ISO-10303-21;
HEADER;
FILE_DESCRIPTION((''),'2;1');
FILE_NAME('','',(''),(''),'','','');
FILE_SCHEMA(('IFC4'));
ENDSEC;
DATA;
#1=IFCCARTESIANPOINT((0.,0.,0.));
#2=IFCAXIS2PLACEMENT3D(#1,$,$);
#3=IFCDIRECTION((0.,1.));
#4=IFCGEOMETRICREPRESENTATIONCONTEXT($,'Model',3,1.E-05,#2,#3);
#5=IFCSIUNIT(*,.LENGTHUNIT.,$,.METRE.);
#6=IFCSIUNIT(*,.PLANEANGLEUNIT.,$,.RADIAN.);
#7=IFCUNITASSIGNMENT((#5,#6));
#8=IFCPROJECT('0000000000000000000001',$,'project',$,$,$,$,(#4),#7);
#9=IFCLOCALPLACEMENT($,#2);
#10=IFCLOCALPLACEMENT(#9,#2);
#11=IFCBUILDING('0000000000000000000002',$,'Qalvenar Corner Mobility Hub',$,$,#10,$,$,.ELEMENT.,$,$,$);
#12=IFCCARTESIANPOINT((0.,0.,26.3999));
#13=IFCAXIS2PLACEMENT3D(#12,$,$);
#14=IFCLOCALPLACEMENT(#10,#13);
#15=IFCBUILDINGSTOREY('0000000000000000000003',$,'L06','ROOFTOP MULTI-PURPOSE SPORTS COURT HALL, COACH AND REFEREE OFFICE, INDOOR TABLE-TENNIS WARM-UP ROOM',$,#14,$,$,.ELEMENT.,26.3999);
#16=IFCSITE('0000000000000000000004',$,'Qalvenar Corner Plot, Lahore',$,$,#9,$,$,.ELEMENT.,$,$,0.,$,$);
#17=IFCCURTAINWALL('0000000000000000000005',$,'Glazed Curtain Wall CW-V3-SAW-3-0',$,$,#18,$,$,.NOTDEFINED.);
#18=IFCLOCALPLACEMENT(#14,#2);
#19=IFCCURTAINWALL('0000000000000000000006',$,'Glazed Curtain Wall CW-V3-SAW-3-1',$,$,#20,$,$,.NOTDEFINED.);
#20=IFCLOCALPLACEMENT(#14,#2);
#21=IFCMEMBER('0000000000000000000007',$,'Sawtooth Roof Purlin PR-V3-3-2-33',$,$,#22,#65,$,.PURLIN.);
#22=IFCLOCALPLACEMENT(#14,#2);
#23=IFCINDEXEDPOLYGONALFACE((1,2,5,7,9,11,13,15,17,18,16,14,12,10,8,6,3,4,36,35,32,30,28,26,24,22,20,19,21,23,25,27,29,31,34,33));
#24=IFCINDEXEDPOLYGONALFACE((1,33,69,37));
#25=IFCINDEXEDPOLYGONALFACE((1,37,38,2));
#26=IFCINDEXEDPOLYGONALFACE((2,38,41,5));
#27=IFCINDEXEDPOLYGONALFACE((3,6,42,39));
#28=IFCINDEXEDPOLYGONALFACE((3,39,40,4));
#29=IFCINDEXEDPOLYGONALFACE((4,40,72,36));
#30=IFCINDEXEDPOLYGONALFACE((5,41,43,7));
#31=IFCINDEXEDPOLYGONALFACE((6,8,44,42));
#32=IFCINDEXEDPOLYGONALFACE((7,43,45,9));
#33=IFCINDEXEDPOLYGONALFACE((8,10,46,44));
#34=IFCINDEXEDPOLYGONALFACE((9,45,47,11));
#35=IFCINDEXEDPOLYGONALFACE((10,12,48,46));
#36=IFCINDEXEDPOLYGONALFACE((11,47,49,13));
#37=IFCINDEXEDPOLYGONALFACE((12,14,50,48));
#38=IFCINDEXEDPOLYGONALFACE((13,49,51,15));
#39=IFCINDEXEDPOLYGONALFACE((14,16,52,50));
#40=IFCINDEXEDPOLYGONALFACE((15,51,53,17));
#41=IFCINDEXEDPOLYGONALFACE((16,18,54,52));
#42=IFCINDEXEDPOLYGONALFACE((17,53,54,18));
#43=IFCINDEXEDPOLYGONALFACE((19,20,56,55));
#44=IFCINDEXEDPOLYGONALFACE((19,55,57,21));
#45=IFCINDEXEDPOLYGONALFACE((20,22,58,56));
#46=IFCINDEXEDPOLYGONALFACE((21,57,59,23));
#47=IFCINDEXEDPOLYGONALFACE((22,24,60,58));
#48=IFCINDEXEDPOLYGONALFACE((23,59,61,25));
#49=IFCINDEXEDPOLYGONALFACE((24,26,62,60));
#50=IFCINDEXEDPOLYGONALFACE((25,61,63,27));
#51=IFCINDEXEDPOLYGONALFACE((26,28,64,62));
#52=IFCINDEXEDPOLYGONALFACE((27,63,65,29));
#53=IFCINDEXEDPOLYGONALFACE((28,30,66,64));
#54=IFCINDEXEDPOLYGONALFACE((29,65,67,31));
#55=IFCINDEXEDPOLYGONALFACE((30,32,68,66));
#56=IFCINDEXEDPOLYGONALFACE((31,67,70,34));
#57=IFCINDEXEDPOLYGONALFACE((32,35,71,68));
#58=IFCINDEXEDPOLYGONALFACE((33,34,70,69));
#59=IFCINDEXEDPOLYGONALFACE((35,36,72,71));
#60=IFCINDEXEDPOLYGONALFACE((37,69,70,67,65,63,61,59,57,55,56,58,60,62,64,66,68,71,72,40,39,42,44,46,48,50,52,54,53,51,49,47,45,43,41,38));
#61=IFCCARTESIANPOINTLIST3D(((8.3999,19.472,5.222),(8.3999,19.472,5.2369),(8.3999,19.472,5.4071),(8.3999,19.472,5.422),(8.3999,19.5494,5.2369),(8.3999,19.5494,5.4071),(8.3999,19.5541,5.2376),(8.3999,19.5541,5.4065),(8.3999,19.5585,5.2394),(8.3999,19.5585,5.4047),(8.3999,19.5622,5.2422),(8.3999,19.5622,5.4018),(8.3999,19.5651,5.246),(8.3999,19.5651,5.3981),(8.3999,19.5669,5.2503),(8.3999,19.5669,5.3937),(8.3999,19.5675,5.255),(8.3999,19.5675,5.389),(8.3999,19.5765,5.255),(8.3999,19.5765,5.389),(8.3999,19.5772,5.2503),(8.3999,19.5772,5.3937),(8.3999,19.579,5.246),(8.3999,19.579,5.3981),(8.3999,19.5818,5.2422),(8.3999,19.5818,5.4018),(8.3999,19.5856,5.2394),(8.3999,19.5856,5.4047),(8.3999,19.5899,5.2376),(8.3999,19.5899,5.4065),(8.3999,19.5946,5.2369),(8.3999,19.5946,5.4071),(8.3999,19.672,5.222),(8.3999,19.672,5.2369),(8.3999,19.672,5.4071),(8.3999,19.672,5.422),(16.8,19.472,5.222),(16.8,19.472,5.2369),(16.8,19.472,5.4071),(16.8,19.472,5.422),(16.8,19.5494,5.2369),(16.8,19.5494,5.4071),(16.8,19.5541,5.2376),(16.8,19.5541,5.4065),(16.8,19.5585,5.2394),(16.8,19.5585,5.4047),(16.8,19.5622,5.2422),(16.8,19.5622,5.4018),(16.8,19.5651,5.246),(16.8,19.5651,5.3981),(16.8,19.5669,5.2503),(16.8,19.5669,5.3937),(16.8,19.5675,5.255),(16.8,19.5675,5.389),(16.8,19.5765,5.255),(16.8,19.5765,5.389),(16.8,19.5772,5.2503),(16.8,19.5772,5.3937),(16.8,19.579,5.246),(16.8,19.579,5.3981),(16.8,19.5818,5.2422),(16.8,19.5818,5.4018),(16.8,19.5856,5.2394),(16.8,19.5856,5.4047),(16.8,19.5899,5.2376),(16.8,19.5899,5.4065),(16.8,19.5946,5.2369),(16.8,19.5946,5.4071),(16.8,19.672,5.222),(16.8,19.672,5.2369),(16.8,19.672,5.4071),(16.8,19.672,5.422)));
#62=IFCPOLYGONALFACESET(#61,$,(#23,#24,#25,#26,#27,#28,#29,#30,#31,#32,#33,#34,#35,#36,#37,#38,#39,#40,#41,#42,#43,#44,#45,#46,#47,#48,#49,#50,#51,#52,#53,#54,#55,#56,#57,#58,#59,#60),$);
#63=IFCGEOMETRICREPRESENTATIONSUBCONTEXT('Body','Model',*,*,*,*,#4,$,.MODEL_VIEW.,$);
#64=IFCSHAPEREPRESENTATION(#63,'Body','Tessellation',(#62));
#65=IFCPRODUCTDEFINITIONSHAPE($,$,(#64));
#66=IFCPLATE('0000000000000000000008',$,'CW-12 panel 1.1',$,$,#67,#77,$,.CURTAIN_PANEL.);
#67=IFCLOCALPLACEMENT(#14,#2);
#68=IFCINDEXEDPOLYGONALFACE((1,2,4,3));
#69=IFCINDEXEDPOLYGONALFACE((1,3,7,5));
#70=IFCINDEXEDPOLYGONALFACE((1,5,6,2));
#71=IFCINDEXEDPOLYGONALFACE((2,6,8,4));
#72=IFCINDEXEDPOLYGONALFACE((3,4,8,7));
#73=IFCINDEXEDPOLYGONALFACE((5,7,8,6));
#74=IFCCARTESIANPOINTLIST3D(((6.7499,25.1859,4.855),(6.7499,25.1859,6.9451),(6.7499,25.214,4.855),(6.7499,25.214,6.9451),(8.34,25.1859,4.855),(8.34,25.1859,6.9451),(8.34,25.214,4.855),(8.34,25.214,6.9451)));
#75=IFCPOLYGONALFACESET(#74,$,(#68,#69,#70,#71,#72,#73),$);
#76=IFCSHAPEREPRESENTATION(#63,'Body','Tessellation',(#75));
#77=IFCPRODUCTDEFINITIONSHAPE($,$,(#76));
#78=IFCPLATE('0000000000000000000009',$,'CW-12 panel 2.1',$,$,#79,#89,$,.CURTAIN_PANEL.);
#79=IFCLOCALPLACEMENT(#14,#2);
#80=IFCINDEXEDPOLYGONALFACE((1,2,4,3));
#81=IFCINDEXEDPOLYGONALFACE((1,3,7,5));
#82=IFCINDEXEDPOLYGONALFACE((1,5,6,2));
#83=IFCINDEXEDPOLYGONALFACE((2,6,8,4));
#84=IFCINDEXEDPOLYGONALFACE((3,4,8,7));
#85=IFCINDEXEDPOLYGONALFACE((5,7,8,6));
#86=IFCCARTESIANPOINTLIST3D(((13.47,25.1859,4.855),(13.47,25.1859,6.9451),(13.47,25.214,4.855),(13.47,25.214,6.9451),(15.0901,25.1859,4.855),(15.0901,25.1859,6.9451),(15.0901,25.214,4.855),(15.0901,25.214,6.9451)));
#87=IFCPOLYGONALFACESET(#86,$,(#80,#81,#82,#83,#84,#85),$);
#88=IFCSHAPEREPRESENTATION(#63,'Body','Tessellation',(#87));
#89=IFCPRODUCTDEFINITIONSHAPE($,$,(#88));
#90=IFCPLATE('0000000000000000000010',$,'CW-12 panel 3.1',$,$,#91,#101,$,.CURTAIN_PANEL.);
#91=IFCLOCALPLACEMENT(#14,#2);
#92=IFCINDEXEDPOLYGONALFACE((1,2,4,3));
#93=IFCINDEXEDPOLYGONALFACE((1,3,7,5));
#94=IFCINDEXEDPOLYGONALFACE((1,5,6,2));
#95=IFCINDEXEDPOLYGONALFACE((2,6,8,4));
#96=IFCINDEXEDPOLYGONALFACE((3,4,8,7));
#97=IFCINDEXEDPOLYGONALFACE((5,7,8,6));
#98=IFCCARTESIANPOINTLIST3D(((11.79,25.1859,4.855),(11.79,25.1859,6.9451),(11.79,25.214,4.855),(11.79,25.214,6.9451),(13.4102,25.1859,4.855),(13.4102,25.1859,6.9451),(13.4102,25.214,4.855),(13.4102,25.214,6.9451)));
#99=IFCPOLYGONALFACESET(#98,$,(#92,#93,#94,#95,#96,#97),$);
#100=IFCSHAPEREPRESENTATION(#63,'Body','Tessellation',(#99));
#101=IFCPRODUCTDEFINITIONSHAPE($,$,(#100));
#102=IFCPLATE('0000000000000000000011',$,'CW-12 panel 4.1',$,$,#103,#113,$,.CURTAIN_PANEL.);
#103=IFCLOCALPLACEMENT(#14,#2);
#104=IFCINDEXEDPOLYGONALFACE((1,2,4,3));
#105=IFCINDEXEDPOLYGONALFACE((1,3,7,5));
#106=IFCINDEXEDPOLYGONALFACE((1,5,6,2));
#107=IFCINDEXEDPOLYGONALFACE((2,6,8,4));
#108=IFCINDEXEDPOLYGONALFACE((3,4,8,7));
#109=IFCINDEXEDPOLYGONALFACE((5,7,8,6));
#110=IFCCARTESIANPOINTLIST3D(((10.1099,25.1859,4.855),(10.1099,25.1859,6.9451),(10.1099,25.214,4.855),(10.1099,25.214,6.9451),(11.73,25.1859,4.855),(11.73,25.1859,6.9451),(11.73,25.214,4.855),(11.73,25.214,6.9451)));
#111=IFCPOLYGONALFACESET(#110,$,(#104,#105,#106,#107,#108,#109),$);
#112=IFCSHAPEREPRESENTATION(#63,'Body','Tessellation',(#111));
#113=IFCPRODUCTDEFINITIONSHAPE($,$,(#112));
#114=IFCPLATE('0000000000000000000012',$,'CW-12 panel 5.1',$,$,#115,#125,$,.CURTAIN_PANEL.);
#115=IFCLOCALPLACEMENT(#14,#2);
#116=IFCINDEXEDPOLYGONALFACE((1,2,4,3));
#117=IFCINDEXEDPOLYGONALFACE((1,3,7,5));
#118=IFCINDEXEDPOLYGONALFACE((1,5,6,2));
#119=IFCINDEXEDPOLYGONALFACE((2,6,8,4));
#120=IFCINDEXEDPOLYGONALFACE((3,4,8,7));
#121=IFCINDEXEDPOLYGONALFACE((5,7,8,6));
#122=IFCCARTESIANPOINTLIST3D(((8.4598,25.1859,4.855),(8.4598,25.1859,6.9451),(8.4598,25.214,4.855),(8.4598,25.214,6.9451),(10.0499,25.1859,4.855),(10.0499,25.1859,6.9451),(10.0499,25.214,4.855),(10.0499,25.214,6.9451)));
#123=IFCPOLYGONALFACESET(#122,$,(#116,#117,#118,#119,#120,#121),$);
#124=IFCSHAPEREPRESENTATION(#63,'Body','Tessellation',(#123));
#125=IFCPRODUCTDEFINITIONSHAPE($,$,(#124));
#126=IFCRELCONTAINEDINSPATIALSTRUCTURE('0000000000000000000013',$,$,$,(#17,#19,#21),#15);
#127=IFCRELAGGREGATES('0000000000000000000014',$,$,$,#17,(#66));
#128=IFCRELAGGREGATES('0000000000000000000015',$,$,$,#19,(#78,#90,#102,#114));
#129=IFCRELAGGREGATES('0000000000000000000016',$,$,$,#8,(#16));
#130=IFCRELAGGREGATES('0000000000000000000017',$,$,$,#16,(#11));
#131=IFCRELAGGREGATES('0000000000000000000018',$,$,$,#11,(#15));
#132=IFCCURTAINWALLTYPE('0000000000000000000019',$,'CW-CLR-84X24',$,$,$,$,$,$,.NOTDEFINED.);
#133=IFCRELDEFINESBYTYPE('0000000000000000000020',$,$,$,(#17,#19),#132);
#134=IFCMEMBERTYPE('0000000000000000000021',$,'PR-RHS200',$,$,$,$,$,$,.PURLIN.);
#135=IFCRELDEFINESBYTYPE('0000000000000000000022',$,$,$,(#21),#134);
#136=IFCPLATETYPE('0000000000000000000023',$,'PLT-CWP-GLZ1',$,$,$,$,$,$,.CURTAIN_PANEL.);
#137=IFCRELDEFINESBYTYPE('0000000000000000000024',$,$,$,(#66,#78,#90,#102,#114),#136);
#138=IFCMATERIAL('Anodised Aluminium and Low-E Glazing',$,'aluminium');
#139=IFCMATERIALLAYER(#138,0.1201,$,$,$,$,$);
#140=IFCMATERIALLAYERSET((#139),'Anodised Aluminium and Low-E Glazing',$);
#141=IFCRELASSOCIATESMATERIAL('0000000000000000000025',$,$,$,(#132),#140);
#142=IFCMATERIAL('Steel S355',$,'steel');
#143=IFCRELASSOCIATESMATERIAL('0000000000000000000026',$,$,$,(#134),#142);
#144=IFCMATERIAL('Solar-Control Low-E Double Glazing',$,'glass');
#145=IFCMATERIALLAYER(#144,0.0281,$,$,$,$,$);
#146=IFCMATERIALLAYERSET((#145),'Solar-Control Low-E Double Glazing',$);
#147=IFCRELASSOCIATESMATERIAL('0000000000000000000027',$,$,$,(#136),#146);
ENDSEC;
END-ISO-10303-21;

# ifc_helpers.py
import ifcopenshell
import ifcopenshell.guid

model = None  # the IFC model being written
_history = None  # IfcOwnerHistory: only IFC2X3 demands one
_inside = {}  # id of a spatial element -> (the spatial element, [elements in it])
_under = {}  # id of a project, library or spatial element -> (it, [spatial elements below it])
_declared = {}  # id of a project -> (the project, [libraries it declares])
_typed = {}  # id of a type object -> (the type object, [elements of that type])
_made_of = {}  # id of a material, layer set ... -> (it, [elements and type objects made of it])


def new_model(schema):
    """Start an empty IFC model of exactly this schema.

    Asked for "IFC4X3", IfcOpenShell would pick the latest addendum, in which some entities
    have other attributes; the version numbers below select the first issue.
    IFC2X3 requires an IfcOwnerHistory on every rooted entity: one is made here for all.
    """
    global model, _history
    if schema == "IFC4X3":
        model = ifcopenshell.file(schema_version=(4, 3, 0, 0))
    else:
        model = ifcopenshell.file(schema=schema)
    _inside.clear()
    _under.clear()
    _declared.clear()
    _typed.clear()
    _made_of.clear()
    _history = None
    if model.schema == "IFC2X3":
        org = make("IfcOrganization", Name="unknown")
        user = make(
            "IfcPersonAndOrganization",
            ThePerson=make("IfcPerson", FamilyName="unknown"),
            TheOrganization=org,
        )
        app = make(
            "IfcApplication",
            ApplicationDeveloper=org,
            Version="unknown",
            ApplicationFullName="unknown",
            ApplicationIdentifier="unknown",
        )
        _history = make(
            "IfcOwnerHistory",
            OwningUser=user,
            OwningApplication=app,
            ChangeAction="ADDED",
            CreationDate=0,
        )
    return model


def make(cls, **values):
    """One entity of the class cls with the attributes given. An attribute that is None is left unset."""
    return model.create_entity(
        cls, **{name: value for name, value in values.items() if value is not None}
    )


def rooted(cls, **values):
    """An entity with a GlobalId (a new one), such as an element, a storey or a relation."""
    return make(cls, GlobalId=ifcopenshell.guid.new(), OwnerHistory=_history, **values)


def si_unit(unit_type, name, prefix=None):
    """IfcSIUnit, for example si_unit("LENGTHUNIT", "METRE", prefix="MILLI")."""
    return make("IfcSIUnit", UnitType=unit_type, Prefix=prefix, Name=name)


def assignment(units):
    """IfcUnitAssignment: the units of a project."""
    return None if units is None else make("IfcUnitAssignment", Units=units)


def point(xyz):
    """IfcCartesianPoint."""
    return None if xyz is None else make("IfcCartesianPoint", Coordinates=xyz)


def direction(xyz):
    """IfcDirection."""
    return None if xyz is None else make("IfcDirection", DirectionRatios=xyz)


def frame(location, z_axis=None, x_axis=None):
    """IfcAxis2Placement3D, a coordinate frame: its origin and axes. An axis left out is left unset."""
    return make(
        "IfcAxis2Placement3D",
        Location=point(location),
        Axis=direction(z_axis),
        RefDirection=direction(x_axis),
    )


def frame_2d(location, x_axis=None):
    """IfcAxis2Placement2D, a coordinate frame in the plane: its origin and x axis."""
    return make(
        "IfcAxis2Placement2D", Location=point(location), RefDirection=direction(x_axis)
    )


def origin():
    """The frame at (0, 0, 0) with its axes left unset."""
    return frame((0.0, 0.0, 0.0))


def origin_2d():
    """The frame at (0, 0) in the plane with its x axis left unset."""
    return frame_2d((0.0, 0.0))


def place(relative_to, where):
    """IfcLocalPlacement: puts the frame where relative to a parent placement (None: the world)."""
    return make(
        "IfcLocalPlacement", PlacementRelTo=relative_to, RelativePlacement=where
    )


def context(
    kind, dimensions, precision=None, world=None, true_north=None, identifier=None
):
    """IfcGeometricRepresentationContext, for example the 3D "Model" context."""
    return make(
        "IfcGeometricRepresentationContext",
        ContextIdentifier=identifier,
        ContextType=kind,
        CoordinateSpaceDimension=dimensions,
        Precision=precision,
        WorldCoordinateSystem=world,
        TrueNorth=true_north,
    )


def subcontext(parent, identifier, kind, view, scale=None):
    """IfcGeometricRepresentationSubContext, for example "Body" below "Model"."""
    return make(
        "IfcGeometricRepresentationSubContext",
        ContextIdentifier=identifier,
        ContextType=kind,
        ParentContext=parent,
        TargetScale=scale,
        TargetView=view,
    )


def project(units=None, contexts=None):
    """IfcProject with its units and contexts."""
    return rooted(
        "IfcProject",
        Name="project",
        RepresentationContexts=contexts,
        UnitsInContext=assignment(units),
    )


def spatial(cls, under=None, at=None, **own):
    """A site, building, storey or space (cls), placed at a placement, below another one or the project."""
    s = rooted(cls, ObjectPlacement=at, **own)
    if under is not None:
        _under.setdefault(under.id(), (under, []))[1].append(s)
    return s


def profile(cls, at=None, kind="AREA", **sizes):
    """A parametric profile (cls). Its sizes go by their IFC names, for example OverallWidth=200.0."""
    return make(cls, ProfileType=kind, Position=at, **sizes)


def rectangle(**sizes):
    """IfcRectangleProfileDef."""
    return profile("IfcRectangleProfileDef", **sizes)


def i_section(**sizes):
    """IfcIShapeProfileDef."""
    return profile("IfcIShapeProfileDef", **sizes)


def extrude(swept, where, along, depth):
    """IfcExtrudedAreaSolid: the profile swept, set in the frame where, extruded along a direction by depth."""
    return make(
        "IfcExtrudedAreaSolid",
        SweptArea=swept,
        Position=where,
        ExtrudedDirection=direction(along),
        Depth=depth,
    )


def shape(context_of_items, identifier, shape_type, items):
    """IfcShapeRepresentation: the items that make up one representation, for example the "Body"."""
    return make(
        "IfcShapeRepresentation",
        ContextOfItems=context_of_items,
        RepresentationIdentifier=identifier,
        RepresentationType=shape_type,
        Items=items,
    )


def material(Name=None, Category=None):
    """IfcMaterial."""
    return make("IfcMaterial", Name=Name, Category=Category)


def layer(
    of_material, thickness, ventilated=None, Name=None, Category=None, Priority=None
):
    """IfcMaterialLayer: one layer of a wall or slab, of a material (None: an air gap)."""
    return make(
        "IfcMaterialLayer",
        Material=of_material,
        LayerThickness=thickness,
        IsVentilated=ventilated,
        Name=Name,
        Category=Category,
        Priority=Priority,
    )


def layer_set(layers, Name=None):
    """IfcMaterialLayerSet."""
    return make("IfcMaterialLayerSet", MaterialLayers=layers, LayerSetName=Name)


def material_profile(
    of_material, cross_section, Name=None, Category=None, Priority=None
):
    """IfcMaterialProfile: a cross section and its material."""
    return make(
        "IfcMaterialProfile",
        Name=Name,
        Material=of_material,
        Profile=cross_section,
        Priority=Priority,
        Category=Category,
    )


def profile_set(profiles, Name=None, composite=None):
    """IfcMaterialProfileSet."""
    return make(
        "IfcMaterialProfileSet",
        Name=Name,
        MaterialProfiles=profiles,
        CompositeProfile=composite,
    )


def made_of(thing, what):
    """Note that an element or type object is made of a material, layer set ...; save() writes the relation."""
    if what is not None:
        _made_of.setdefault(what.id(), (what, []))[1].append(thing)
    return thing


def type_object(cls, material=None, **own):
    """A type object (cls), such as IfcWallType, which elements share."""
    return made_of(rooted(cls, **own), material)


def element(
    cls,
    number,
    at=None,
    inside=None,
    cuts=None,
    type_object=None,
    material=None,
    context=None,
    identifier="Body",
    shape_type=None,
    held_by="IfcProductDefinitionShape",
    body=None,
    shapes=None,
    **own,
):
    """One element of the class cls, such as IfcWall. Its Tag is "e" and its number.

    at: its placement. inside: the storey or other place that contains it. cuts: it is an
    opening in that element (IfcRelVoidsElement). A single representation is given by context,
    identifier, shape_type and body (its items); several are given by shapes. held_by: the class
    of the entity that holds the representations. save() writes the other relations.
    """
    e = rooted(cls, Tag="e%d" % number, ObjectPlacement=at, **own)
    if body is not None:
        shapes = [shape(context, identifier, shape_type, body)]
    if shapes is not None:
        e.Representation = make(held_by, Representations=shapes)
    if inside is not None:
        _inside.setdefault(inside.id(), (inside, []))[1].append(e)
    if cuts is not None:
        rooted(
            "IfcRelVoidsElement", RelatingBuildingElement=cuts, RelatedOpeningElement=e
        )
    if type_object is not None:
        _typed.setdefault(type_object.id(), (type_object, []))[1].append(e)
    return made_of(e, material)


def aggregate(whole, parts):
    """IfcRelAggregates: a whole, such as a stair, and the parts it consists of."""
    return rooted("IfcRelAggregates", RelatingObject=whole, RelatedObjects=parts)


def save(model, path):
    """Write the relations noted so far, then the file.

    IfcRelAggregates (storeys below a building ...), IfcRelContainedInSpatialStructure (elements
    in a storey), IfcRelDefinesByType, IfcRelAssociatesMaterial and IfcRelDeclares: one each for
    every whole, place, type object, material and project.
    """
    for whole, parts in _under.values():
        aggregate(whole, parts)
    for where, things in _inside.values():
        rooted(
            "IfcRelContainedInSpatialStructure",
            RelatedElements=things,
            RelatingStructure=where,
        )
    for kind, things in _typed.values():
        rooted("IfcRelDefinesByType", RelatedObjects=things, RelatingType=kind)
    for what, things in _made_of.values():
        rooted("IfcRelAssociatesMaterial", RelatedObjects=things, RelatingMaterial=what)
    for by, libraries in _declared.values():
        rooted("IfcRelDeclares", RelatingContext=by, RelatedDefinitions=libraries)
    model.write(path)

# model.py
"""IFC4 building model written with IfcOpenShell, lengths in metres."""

from ifc_helpers import new_model, si_unit, direction, frame, origin, origin_2d, place, context, subcontext, project, spatial, rectangle, i_section, extrude, material, layer, layer_set, material_profile, profile_set, type_object, element, aggregate, save


model = new_model("IFC4")

# Units and contexts
model_context = context("Model", 3, precision=1e-05, world=origin(), true_north=direction((0.0, 1.0)))
body_context = subcontext(model_context, "Body", "Model", "MODEL_VIEW")
ifc_project = project(units=[si_unit("LENGTHUNIT", "METRE"), si_unit("PLANEANGLEUNIT", "RADIAN")], contexts=[model_context])

# Site, building, storey
site_placement = place(None, origin())
site = spatial("IfcSite", under=ifc_project, at=site_placement, Name="Qalvenar Corner Plot, Lahore", CompositionType="ELEMENT", RefElevation=0.0)
building_placement = place(site_placement, origin())
building = spatial("IfcBuilding", under=site, at=building_placement, Name="Qalvenar Corner Mobility Hub", CompositionType="ELEMENT")
storey_placement = place(building_placement, frame((0.0, 0.0, 26.3999)))
storey = spatial("IfcBuildingStorey", under=building, at=storey_placement, Name="L06", Description="ROOFTOP MULTI-PURPOSE SPORTS COURT HALL, COACH AND REFEREE OFFICE, INDOOR TABLE-TENNIS WARM-UP ROOM", CompositionType="ELEMENT", Elevation=26.3999)

# Shared definitions
ifc_material_1 = material(Name="Steel S355", Category="steel")

# Curtain walls
ifc_material_2 = material(Name="Anodised Aluminium and Low-E Glazing", Category="aluminium")
ifc_layer_1 = layer(ifc_material_2, 0.1201)
ifc_layer_set_1 = layer_set([ifc_layer_1], Name="Anodised Aluminium and Low-E Glazing")
curtain_wall_type = type_object("IfcCurtainWallType", Name="CW-CLR-84X24", PredefinedType="NOTDEFINED", material=ifc_layer_set_1)
curtain_wall_1_placement = place(storey_placement, origin())
curtain_wall_1 = element("IfcCurtainWall", 1, at=curtain_wall_1_placement, inside=storey, type_object=curtain_wall_type, Name="Glazed Curtain Wall CW-V3-SAW-3-0", PredefinedType="NOTDEFINED")
curtain_wall_2_placement = place(storey_placement, origin())
curtain_wall_2 = element("IfcCurtainWall", 2, at=curtain_wall_2_placement, inside=storey, type_object=curtain_wall_type, Name="Glazed Curtain Wall CW-V3-SAW-3-1", PredefinedType="NOTDEFINED")

# Member
ifc_material_profile_1 = material_profile(ifc_material_1, i_section(OverallWidth=0.2, OverallDepth=0.2, WebThickness=0.009, FlangeThickness=0.0149, FilletRadius=0.0181, at=origin_2d()), Name="HEB200")
ifc_profile_set_1 = profile_set([ifc_material_profile_1], Name="Steel S355")
member_type_1 = type_object("IfcMemberType", Name="PR-RHS200", PredefinedType="PURLIN", material=ifc_profile_set_1)
member_1_placement = place(storey_placement, frame((8.3999, 19.572, 5.322), z_axis=(1.0, 0.0, 0.0), x_axis=(0.0, 1.0, 0.0)))
element("IfcMember", 3, at=member_1_placement, inside=storey, type_object=member_type_1, Name="Sawtooth Roof Purlin PR-V3-3-2-33", PredefinedType="PURLIN", context=body_context, shape_type="SweptSolid", body=[
    extrude(i_section(OverallWidth=0.2, OverallDepth=0.2, WebThickness=0.009, FlangeThickness=0.0149, FilletRadius=0.0181, at=origin_2d()), origin(), (0.0, 0.0, 1.0), 8.4001),
])

# Plates
ifc_material_3 = material(Name="Solar-Control Low-E Double Glazing", Category="glass")
ifc_layer_2 = layer(ifc_material_3, 0.0281)
ifc_layer_set_2 = layer_set([ifc_layer_2], Name="Solar-Control Low-E Double Glazing")
plate_type = type_object("IfcPlateType", Name="PLT-CWP-GLZ1", PredefinedType="CURTAIN_PANEL", material=ifc_layer_set_2)
plate_1_placement = place(storey_placement, frame((7.5449, 25.2, 4.855), z_axis=(0.0, 0.0, 1.0), x_axis=(-1.0, 0.0, 0.0)))
plate_1 = element("IfcPlate", 4, at=plate_1_placement, type_object=plate_type, Name="CW-12 panel 1.1", PredefinedType="CURTAIN_PANEL", context=body_context, shape_type="SweptSolid", body=[
    extrude(rectangle(XDim=1.5901, YDim=0.0281, at=origin_2d()), origin(), (0.0, 0.0, 1.0), 2.0901),
])
aggregate(curtain_wall_1, [plate_1])
plate_2_placement = place(storey_placement, frame((14.28, 25.2, 4.855), z_axis=(0.0, 0.0, 1.0), x_axis=(-1.0, 0.0, 0.0)))
plate_2 = element("IfcPlate", 5, at=plate_2_placement, type_object=plate_type, Name="CW-12 panel 2.1", PredefinedType="CURTAIN_PANEL", context=body_context, shape_type="SweptSolid", body=[
    extrude(rectangle(XDim=1.6201, YDim=0.0281, at=origin_2d()), origin(), (0.0, 0.0, 1.0), 2.0901),
])
plate_3_placement = place(storey_placement, frame((12.6001, 25.2, 4.855), z_axis=(0.0, 0.0, 1.0), x_axis=(-1.0, 0.0, 0.0)))
plate_3 = element("IfcPlate", 6, at=plate_3_placement, type_object=plate_type, Name="CW-12 panel 3.1", PredefinedType="CURTAIN_PANEL", context=body_context, shape_type="SweptSolid", body=[
    extrude(rectangle(XDim=1.6201, YDim=0.0281, at=origin_2d()), origin(), (0.0, 0.0, 1.0), 2.0901),
])
plate_4_placement = place(storey_placement, frame((10.9199, 25.2, 4.855), z_axis=(0.0, 0.0, 1.0), x_axis=(-1.0, 0.0, 0.0)))
plate_4 = element("IfcPlate", 7, at=plate_4_placement, type_object=plate_type, Name="CW-12 panel 4.1", PredefinedType="CURTAIN_PANEL", context=body_context, shape_type="SweptSolid", body=[
    extrude(rectangle(XDim=1.6201, YDim=0.0281, at=origin_2d()), origin(), (0.0, 0.0, 1.0), 2.0901),
])
plate_5_placement = place(storey_placement, frame((9.2549, 25.2, 4.855), z_axis=(0.0, 0.0, 1.0), x_axis=(-1.0, 0.0, 0.0)))
plate_5 = element("IfcPlate", 8, at=plate_5_placement, type_object=plate_type, Name="CW-12 panel 5.1", PredefinedType="CURTAIN_PANEL", context=body_context, shape_type="SweptSolid", body=[
    extrude(rectangle(XDim=1.5901, YDim=0.0281, at=origin_2d()), origin(), (0.0, 0.0, 1.0), 2.0901),
])
aggregate(curtain_wall_2, [plate_2, plate_3, plate_4, plate_5])

save(model, "model.ifc")
